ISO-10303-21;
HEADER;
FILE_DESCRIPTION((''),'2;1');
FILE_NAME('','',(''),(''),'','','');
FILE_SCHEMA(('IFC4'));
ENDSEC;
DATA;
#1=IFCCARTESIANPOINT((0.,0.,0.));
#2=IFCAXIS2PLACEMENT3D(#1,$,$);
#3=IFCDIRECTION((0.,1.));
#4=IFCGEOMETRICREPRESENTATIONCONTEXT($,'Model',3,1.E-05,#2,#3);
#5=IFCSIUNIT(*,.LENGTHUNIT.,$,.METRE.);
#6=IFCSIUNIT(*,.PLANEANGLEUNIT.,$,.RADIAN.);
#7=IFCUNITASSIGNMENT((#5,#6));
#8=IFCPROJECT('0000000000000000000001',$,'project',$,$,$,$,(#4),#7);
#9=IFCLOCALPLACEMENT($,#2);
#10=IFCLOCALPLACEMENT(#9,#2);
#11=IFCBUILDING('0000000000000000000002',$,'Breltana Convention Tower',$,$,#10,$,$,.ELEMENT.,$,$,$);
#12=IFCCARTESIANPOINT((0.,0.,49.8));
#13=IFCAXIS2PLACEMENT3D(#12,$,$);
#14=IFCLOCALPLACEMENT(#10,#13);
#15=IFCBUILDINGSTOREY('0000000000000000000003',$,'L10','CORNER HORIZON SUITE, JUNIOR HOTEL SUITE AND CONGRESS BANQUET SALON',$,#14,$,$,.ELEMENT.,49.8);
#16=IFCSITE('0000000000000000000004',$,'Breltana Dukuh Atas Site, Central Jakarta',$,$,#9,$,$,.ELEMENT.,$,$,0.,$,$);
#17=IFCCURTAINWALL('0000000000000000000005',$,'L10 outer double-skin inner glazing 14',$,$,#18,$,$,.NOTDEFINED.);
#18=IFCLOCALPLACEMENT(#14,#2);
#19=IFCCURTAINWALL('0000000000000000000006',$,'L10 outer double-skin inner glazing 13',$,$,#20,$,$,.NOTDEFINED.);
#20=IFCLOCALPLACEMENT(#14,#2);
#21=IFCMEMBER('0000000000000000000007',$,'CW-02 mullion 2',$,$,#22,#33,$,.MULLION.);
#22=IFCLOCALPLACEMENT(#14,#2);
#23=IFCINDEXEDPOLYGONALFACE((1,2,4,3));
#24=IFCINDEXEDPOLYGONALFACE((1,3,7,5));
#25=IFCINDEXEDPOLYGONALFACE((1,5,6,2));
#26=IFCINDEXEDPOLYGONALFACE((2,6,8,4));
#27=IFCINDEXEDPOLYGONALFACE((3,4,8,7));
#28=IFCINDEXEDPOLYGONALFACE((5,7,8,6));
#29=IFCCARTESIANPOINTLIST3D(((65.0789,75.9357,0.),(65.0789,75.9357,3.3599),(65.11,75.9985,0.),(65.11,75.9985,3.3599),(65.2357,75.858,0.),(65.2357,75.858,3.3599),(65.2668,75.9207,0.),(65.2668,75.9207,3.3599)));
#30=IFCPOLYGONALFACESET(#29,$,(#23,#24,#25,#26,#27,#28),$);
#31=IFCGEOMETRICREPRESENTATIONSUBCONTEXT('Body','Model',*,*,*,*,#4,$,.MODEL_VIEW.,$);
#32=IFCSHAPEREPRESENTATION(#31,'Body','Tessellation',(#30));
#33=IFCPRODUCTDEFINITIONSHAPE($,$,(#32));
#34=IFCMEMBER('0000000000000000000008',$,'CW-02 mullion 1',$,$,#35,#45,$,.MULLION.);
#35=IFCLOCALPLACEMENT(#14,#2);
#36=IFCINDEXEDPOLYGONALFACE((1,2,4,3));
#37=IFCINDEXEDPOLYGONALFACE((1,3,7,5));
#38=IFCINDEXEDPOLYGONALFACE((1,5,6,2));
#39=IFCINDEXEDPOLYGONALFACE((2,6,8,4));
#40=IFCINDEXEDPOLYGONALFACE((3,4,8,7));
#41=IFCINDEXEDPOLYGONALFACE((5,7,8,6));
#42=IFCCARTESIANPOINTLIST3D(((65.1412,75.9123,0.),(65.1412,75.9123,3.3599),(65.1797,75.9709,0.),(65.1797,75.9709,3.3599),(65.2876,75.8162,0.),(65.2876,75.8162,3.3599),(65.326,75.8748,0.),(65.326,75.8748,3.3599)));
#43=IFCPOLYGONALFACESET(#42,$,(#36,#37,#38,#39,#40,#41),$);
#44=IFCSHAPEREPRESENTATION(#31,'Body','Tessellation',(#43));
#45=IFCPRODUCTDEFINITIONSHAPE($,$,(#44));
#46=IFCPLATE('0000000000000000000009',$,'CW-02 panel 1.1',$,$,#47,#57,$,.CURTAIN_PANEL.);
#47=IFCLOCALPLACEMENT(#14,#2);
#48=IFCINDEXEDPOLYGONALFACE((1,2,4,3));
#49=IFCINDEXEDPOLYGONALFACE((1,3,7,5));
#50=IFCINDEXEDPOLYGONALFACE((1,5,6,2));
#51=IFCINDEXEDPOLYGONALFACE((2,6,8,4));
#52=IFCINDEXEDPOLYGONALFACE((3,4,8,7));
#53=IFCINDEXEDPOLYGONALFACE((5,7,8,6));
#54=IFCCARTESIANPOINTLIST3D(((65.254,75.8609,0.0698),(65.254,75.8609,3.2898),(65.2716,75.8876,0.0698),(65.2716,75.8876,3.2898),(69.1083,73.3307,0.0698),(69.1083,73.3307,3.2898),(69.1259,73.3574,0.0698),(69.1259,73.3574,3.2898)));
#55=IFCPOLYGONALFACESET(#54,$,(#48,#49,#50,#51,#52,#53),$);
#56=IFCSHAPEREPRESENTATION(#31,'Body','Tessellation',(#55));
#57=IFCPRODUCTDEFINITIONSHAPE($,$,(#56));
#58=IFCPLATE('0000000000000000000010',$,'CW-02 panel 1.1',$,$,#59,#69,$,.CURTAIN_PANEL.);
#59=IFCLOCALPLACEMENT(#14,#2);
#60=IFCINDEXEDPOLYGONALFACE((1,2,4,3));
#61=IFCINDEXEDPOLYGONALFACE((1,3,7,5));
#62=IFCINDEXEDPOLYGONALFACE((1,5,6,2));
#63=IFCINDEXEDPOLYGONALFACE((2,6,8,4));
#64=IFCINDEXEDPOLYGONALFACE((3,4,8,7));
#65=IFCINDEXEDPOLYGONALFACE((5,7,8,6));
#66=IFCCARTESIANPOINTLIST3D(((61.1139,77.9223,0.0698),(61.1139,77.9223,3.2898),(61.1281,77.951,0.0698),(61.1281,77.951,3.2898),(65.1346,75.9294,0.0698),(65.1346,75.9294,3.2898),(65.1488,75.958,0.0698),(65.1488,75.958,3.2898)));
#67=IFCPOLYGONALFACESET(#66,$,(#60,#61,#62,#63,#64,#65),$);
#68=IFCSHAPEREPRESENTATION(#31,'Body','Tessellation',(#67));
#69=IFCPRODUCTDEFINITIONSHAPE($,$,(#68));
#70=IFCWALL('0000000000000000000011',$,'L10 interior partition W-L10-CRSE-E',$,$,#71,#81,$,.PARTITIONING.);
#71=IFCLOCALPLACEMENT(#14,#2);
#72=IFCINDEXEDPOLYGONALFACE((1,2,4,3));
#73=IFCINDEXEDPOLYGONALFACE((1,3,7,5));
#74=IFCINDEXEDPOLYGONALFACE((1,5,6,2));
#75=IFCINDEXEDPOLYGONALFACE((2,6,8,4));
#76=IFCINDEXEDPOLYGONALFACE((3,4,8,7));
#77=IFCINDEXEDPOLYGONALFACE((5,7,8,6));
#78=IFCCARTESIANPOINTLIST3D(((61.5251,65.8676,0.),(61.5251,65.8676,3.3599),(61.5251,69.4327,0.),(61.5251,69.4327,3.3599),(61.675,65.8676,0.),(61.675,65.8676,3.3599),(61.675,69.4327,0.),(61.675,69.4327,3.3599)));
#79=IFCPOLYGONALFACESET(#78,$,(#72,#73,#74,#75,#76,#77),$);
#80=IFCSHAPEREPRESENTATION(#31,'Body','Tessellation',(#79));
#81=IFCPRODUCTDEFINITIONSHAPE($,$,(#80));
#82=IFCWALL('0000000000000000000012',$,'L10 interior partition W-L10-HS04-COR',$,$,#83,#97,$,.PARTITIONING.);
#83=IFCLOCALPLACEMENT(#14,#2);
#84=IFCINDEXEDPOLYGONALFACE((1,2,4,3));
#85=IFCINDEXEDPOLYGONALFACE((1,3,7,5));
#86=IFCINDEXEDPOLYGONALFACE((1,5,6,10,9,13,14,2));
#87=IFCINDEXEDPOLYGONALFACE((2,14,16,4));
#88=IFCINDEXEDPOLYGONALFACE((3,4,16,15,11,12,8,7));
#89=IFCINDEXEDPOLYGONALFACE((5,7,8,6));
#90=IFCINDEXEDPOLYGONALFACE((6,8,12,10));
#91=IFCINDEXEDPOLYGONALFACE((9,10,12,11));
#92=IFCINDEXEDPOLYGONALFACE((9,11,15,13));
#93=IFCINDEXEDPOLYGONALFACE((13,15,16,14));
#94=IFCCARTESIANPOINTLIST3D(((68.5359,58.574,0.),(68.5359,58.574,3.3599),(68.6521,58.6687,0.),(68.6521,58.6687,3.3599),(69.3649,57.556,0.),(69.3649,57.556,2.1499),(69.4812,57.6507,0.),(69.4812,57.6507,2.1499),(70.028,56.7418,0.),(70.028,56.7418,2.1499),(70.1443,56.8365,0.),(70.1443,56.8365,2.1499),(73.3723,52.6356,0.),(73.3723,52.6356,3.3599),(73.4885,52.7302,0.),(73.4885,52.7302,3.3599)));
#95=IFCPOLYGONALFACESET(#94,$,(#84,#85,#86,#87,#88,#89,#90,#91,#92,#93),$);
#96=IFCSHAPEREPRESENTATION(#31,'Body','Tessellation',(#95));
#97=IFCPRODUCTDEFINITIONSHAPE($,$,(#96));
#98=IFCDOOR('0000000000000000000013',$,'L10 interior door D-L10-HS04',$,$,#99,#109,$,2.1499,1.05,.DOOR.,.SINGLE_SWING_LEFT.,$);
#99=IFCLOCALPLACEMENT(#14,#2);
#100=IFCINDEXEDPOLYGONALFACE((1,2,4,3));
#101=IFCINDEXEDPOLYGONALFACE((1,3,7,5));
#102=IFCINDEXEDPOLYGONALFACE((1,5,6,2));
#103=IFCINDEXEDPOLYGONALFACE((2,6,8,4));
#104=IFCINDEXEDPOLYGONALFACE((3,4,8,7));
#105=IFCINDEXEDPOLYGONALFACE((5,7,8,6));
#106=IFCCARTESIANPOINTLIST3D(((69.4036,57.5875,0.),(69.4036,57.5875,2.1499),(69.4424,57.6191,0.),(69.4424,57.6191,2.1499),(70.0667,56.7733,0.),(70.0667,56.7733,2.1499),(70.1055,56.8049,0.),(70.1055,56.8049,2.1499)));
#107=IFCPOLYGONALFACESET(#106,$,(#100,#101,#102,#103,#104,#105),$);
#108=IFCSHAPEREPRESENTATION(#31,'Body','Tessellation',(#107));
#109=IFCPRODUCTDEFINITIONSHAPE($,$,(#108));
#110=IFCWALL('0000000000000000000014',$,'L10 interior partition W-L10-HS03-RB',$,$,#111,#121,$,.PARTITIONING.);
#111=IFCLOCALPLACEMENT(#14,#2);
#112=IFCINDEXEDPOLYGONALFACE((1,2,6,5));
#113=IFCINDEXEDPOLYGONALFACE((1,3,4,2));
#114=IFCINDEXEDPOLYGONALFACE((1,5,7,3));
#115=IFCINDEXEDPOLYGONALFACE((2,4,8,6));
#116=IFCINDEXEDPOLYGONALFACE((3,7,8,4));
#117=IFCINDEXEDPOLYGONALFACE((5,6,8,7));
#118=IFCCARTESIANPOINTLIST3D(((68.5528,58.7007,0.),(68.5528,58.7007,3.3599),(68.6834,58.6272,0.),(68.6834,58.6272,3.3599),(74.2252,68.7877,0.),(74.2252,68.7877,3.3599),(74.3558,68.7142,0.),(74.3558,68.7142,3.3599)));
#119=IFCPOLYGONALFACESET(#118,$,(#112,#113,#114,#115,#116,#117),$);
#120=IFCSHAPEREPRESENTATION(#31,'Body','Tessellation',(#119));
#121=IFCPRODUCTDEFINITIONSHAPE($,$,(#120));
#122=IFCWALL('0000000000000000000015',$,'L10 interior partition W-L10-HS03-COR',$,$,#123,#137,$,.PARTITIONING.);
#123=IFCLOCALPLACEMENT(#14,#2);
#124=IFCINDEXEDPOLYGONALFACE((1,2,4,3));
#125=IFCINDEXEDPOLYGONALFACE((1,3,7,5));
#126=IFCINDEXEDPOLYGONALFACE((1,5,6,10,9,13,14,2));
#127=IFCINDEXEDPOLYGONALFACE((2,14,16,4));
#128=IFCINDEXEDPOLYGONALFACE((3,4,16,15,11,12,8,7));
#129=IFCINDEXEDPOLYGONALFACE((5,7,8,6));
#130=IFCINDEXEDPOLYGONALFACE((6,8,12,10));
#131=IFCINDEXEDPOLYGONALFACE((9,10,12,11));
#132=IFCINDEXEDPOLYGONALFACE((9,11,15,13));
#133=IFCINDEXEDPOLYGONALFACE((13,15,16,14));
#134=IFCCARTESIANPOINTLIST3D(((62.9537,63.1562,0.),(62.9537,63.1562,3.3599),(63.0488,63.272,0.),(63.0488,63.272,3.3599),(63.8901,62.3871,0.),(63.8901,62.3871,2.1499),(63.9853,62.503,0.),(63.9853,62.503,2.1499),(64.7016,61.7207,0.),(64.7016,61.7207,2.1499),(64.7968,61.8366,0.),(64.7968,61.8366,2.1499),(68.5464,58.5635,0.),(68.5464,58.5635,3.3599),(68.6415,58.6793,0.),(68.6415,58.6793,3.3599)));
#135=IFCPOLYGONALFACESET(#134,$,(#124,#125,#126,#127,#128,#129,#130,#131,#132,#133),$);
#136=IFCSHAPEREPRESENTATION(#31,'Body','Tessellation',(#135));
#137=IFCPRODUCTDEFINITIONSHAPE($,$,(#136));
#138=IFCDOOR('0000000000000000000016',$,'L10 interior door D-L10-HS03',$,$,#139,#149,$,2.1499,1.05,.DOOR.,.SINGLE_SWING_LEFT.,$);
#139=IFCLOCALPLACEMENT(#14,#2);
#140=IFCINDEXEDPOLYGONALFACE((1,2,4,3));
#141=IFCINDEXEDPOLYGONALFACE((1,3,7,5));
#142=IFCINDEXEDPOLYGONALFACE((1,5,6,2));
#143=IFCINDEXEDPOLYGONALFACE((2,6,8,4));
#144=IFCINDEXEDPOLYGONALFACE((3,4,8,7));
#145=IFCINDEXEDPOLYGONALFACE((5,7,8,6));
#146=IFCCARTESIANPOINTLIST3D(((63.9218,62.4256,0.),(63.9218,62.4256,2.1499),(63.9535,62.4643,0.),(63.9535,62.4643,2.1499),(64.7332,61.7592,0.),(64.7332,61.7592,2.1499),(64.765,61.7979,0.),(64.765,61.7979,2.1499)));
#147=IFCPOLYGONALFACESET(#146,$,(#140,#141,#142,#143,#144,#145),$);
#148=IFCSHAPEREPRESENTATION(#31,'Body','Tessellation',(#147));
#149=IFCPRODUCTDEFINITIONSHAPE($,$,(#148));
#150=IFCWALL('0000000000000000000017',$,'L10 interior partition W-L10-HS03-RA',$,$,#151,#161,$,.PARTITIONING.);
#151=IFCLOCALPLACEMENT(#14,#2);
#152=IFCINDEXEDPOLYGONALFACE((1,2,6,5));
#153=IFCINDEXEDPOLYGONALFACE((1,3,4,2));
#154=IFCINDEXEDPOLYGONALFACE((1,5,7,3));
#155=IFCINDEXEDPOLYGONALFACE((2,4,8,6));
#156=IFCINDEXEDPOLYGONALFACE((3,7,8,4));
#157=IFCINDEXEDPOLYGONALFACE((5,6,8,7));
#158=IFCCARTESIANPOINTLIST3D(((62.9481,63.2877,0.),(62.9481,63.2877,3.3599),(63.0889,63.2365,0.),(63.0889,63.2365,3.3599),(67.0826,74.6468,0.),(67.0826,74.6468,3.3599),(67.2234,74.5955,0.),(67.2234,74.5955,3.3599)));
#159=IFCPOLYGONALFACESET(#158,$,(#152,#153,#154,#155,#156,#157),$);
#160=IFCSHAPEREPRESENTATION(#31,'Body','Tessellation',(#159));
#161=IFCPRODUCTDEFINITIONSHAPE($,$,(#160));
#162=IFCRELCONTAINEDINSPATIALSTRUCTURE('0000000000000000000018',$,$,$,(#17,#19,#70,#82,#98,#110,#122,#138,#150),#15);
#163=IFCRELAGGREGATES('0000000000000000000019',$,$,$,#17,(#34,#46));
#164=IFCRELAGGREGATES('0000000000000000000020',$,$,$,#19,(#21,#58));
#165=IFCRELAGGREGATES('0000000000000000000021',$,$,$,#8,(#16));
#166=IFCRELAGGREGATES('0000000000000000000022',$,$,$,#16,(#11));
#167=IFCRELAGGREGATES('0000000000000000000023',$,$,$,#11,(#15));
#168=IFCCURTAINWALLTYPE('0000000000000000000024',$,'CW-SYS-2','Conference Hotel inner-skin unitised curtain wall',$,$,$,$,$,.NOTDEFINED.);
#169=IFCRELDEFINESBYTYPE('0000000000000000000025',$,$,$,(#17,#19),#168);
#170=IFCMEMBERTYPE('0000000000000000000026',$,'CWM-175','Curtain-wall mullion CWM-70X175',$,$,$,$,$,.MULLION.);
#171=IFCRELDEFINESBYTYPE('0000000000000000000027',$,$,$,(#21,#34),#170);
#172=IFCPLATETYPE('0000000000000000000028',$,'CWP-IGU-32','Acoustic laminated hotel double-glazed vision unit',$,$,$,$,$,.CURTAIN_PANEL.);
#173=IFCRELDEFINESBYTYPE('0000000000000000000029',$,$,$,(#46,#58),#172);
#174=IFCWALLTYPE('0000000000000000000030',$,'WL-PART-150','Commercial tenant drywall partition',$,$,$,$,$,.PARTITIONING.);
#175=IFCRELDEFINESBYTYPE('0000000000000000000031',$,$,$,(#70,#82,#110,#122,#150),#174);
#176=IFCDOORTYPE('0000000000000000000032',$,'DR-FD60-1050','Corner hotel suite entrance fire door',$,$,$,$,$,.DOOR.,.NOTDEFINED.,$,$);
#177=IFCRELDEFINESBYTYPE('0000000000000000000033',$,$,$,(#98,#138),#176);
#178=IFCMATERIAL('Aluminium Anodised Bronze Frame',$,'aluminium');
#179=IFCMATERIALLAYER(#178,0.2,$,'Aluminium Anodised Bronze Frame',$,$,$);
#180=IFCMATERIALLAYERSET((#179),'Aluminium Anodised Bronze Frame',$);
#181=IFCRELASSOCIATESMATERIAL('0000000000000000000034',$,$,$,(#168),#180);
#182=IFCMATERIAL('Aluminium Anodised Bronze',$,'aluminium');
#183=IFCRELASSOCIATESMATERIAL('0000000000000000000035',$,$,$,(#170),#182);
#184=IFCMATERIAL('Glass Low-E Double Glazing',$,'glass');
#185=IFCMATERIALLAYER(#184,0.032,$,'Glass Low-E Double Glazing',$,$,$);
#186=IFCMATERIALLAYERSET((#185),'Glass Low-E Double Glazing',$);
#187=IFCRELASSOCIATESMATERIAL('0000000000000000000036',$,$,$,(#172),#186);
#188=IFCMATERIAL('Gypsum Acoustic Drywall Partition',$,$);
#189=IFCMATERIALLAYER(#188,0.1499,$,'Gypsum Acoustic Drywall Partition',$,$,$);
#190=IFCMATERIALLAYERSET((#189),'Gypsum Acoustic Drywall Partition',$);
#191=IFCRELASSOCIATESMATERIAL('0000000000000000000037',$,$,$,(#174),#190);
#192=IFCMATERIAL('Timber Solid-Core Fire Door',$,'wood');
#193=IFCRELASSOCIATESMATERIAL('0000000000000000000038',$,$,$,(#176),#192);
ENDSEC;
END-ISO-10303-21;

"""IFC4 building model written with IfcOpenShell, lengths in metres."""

from ifc_helpers import new_model, si_unit, direction, frame, frame_2d, origin, origin_2d, place, context, subcontext, project, spatial, rectangle, extrude, source, transform, mapped, material, layer, layer_set, material_profile, profile_set, type_object, type_shapes, element, fill, aggregate, save


model = new_model("IFC4")

# Units and contexts
model_context = context("Model", 3, precision=1e-05, world=origin(), true_north=direction((0.0, 1.0)))
body_context = subcontext(model_context, "Body", "Model", "MODEL_VIEW")
ifc_project = project(units=[si_unit("LENGTHUNIT", "METRE"), si_unit("PLANEANGLEUNIT", "RADIAN")], contexts=[model_context])

# Site, building, storey
site_placement = place(None, origin())
site = spatial("IfcSite", under=ifc_project, at=site_placement, Name="Breltana Dukuh Atas Site, Central Jakarta", CompositionType="ELEMENT", RefElevation=0.0)
building_placement = place(site_placement, origin())
building = spatial("IfcBuilding", under=site, at=building_placement, Name="Breltana Convention Tower", CompositionType="ELEMENT")
storey_placement = place(building_placement, frame((0.0, 0.0, 49.8)))
storey = spatial("IfcBuildingStorey", under=building, at=storey_placement, Name="L10", Description="CORNER HORIZON SUITE, JUNIOR HOTEL SUITE AND CONGRESS BANQUET SALON", CompositionType="ELEMENT", Elevation=49.8)

# Curtain walls, member
ifc_material_1 = material(Name="Aluminium Anodised Bronze Frame", Category="aluminium")
ifc_layer_1 = layer(ifc_material_1, 0.2, Name="Aluminium Anodised Bronze Frame")
ifc_layer_set_1 = layer_set([ifc_layer_1], Name="Aluminium Anodised Bronze Frame")
curtain_wall_type = type_object("IfcCurtainWallType", Name="CW-SYS-2", Description="Conference Hotel inner-skin unitised curtain wall", PredefinedType="NOTDEFINED", material=ifc_layer_set_1)
curtain_wall_1_placement = place(storey_placement, origin())
curtain_wall_1 = element("IfcCurtainWall", 1, at=curtain_wall_1_placement, inside=storey, type_object=curtain_wall_type, Name="L10 outer double-skin inner glazing 14", PredefinedType="NOTDEFINED")
ifc_material_2 = material(Name="Aluminium Anodised Bronze", Category="aluminium")
curtain_wall_2_placement = place(storey_placement, origin())
curtain_wall_2 = element("IfcCurtainWall", 2, at=curtain_wall_2_placement, inside=storey, type_object=curtain_wall_type, Name="L10 outer double-skin inner glazing 13", PredefinedType="NOTDEFINED")
ifc_material_profile_1 = material_profile(ifc_material_2, rectangle(XDim=0.0701, YDim=0.175, at=origin_2d()), Name="CWM-70X175")
ifc_profile_set_1 = profile_set([ifc_material_profile_1], Name="Aluminium Anodised Bronze")
member_type_1 = type_object("IfcMemberType", Name="CWM-175", Description="Curtain-wall mullion CWM-70X175", PredefinedType="MULLION", material=ifc_profile_set_1)
shared_shape_1 = source(origin(), body_context, "Body", "SweptSolid", [
    extrude(rectangle(XDim=0.0701, YDim=0.175, at=origin_2d()), origin(), (0.0, 0.0, 1.0), 3.3599),
])
member_1_placement = place(storey_placement, frame((65.1729, 75.9282, 0.0), z_axis=(0.0, 0.0, 1.0), x_axis=(0.444108, 0.895973, 0.0)))
member_1 = element("IfcMember", 3, at=member_1_placement, type_object=member_type_1, Name="CW-02 mullion 2", PredefinedType="MULLION", context=body_context, shape_type="MappedRepresentation", body=[
    mapped(shared_shape_1, transform((0.0, 0.0, 0.0), scale=1.0)),
])

# Member
member_2_placement = place(storey_placement, frame((65.2336, 75.8936, 0.0), z_axis=(0.0, 0.0, 1.0), x_axis=(0.548784, 0.835964, 0.0)))
member_2 = element("IfcMember", 4, at=member_2_placement, type_object=member_type_1, Name="CW-02 mullion 1", PredefinedType="MULLION", context=body_context, shape_type="MappedRepresentation", body=[
    mapped(shared_shape_1, transform((0.0, 0.0, 0.0), scale=1.0)),
])

# Plates
ifc_material_3 = material(Name="Glass Low-E Double Glazing", Category="glass")
ifc_layer_2 = layer(ifc_material_3, 0.032, Name="Glass Low-E Double Glazing")
ifc_layer_set_2 = layer_set([ifc_layer_2], Name="Glass Low-E Double Glazing")
plate_type = type_object("IfcPlateType", Name="CWP-IGU-32", Description="Acoustic laminated hotel double-glazed vision unit", PredefinedType="CURTAIN_PANEL", material=ifc_layer_set_2)
shared_shape_2 = source(origin(), body_context, "Body", "SweptSolid", [
    extrude(rectangle(XDim=4.6106, YDim=0.032, at=origin_2d()), origin(), (0.0, 0.0, 1.0), 3.22),
])
plate_1_placement = place(storey_placement, frame((67.1899, 74.6091, 0.0698), z_axis=(0.0, 0.0, 1.0), x_axis=(0.835964, -0.548784, 0.0)))
plate_1 = element("IfcPlate", 5, at=plate_1_placement, type_object=plate_type, Name="CW-02 panel 1.1", PredefinedType="CURTAIN_PANEL", context=body_context, shape_type="MappedRepresentation", body=[
    mapped(shared_shape_2, transform((0.0, 0.0, 0.0), scale=1.0)),
])
aggregate(curtain_wall_1, [member_2, plate_1])
shared_shape_3 = source(origin(), body_context, "Body", "SweptSolid", [
    extrude(rectangle(XDim=4.4875, YDim=0.032, at=origin_2d()), origin(), (0.0, 0.0, 1.0), 3.22),
])
plate_2_placement = place(storey_placement, frame((63.1313, 76.9402, 0.0698), z_axis=(0.0, 0.0, 1.0), x_axis=(0.895973, -0.444108, 0.0)))
plate_2 = element("IfcPlate", 6, at=plate_2_placement, type_object=plate_type, Name="CW-02 panel 1.1", PredefinedType="CURTAIN_PANEL", context=body_context, shape_type="MappedRepresentation", body=[
    mapped(shared_shape_3, transform((0.0, 0.0, 0.0), scale=1.0)),
])
aggregate(curtain_wall_2, [member_1, plate_2])

# Wall
ifc_material_4 = material(Name="Gypsum Acoustic Drywall Partition")
ifc_layer_3 = layer(ifc_material_4, 0.1499, Name="Gypsum Acoustic Drywall Partition")
ifc_layer_set_3 = layer_set([ifc_layer_3], Name="Gypsum Acoustic Drywall Partition")
wall_type_1 = type_object("IfcWallType", Name="WL-PART-150", Description="Commercial tenant drywall partition", PredefinedType="PARTITIONING", material=ifc_layer_set_3)
shared_shape_4 = source(origin(), body_context, "Body", "SweptSolid", [
    extrude(rectangle(XDim=3.5652, YDim=0.1499, at=frame_2d((1.7827, 0.0))), origin(), (0.0, 0.0, 1.0), 3.3599),
])
wall_1_placement = place(storey_placement, frame((61.6001, 65.8674, 0.0), z_axis=(0.0, 0.0, 1.0), x_axis=(0.0, 1.0, 0.0)))
element("IfcWall", 7, at=wall_1_placement, inside=storey, type_object=wall_type_1, Name="L10 interior partition W-L10-CRSE-E", PredefinedType="PARTITIONING", context=body_context, shape_type="MappedRepresentation", body=[
    mapped(shared_shape_4, transform((0.0, 0.0, 0.0), scale=1.0)),
])

# Wall, opening, door
shared_shape_5 = source(origin(), body_context, "Body", "SweptSolid", [
    extrude(rectangle(XDim=7.6587, YDim=0.1499, at=frame_2d((3.8293, 0.0))), origin(), (0.0, 0.0, 1.0), 3.3599),
])
wall_2_placement = place(storey_placement, frame((68.594, 58.6213, 0.0), z_axis=(0.0, 0.0, 1.0), x_axis=(0.63149, -0.775384, 0.0)))
wall_2 = element("IfcWall", 8, at=wall_2_placement, inside=storey, type_object=wall_type_1, Name="L10 interior partition W-L10-HS04-COR", PredefinedType="PARTITIONING", context=body_context, shape_type="MappedRepresentation", body=[
    mapped(shared_shape_5, transform((0.0, 0.0, 0.0), scale=1.0)),
])
opening_1_placement = place(wall_2_placement, frame((1.313, 0.0, 0.0)))
opening_1 = element("IfcOpeningElement", 9, at=opening_1_placement, cuts=wall_2, PredefinedType="OPENING", context=body_context, shape_type="SweptSolid", body=[
    extrude(rectangle(XDim=1.05, YDim=2.1499, at=frame_2d((0.5249, 1.075))), frame((0.0, 0.085, 0.0), z_axis=(0.0, -1.0, 0.0), x_axis=(1.0, 0.0, 0.0)), (0.0, 0.0, 1.0), 0.1699),
])
ifc_material_5 = material(Name="Timber Solid-Core Fire Door", Category="wood")
door_type_1 = type_object("IfcDoorType", Name="DR-FD60-1050", Description="Corner hotel suite entrance fire door", OperationType="NOTDEFINED", PredefinedType="DOOR", material=ifc_material_5)
shared_shape_6 = source(origin(), body_context, "Body", "SweptSolid", [
    extrude(rectangle(XDim=1.05, YDim=2.1499, at=frame_2d((0.5249, 1.075))), frame((0.0, 0.0249, 0.0), z_axis=(0.0, -1.0, 0.0), x_axis=(1.0, 0.0, 0.0)), (0.0, 0.0, 1.0), 0.05),
])
type_shapes(door_type_1, [shared_shape_6])
door_1_placement = place(opening_1_placement, origin())
door_1 = element("IfcDoor", 10, at=door_1_placement, inside=storey, type_object=door_type_1, Name="L10 interior door D-L10-HS04", OperationType="SINGLE_SWING_LEFT", OverallHeight=2.1499, OverallWidth=1.05, PredefinedType="DOOR", context=body_context, shape_type="MappedRepresentation", body=[
    mapped(shared_shape_6, transform((0.0, 0.0, 0.0), scale=1.0)),
])
fill(opening_1, door_1)

# Wall
shared_shape_7 = source(origin(), body_context, "Body", "SweptSolid", [
    extrude(rectangle(XDim=11.5725, YDim=0.1499, at=frame_2d((5.7861, 0.0))), origin(), (0.0, 0.0, 1.0), 3.3599),
])
wall_3_placement = place(storey_placement, frame((68.6182, 58.6641, 0.0), z_axis=(0.0, 0.0, 1.0), x_axis=(0.490161, 0.871632, 0.0)))
element("IfcWall", 11, at=wall_3_placement, inside=storey, type_object=wall_type_1, Name="L10 interior partition W-L10-HS03-RB", PredefinedType="PARTITIONING", context=body_context, shape_type="MappedRepresentation", body=[
    mapped(shared_shape_7, transform((0.0, 0.0, 0.0), scale=1.0)),
])

# Wall, opening, door
shared_shape_8 = source(origin(), body_context, "Body", "SweptSolid", [
    extrude(rectangle(XDim=7.2368, YDim=0.1499, at=frame_2d((3.6184, 0.0))), origin(), (0.0, 0.0, 1.0), 3.3599),
])
wall_4_placement = place(storey_placement, frame((63.0012, 63.2141, 0.0), z_axis=(0.0, 0.0, 1.0), x_axis=(0.772814, -0.634633, 0.0)))
wall_4 = element("IfcWall", 12, at=wall_4_placement, inside=storey, type_object=wall_type_1, Name="L10 interior partition W-L10-HS03-COR", PredefinedType="PARTITIONING", context=body_context, shape_type="MappedRepresentation", body=[
    mapped(shared_shape_8, transform((0.0, 0.0, 0.0), scale=1.0)),
])
opening_2_placement = place(wall_4_placement, frame((1.2119, 0.0, 0.0)))
opening_2 = element("IfcOpeningElement", 13, at=opening_2_placement, cuts=wall_4, PredefinedType="OPENING", context=body_context, shape_type="SweptSolid", body=[
    extrude(rectangle(XDim=1.05, YDim=2.1499, at=frame_2d((0.5249, 1.075))), frame((0.0, 0.085, 0.0), z_axis=(0.0, -1.0, 0.0), x_axis=(1.0, 0.0, 0.0)), (0.0, 0.0, 1.0), 0.1699),
])
door_2_placement = place(opening_2_placement, origin())
door_2 = element("IfcDoor", 14, at=door_2_placement, inside=storey, type_object=door_type_1, Name="L10 interior door D-L10-HS03", OperationType="SINGLE_SWING_LEFT", OverallHeight=2.1499, OverallWidth=1.05, PredefinedType="DOOR", context=body_context, shape_type="MappedRepresentation", body=[
    mapped(shared_shape_6, transform((0.0, 0.0, 0.0), scale=1.0)),
])
fill(opening_2, door_2)

# Wall
shared_shape_9 = source(origin(), body_context, "Body", "SweptSolid", [
    extrude(rectangle(XDim=12.0881, YDim=0.1499, at=frame_2d((6.0439, 0.0))), origin(), (0.0, 0.0, 1.0), 3.3599),
])
wall_5_placement = place(storey_placement, frame((63.0186, 63.2622, 0.0), z_axis=(0.0, 0.0, 1.0), x_axis=(0.34203, 0.939689, 0.0)))
element("IfcWall", 15, at=wall_5_placement, inside=storey, type_object=wall_type_1, Name="L10 interior partition W-L10-HS03-RA", PredefinedType="PARTITIONING", context=body_context, shape_type="MappedRepresentation", body=[
    mapped(shared_shape_9, transform((0.0, 0.0, 0.0), scale=1.0)),
])

save(model, "model.ifc")
